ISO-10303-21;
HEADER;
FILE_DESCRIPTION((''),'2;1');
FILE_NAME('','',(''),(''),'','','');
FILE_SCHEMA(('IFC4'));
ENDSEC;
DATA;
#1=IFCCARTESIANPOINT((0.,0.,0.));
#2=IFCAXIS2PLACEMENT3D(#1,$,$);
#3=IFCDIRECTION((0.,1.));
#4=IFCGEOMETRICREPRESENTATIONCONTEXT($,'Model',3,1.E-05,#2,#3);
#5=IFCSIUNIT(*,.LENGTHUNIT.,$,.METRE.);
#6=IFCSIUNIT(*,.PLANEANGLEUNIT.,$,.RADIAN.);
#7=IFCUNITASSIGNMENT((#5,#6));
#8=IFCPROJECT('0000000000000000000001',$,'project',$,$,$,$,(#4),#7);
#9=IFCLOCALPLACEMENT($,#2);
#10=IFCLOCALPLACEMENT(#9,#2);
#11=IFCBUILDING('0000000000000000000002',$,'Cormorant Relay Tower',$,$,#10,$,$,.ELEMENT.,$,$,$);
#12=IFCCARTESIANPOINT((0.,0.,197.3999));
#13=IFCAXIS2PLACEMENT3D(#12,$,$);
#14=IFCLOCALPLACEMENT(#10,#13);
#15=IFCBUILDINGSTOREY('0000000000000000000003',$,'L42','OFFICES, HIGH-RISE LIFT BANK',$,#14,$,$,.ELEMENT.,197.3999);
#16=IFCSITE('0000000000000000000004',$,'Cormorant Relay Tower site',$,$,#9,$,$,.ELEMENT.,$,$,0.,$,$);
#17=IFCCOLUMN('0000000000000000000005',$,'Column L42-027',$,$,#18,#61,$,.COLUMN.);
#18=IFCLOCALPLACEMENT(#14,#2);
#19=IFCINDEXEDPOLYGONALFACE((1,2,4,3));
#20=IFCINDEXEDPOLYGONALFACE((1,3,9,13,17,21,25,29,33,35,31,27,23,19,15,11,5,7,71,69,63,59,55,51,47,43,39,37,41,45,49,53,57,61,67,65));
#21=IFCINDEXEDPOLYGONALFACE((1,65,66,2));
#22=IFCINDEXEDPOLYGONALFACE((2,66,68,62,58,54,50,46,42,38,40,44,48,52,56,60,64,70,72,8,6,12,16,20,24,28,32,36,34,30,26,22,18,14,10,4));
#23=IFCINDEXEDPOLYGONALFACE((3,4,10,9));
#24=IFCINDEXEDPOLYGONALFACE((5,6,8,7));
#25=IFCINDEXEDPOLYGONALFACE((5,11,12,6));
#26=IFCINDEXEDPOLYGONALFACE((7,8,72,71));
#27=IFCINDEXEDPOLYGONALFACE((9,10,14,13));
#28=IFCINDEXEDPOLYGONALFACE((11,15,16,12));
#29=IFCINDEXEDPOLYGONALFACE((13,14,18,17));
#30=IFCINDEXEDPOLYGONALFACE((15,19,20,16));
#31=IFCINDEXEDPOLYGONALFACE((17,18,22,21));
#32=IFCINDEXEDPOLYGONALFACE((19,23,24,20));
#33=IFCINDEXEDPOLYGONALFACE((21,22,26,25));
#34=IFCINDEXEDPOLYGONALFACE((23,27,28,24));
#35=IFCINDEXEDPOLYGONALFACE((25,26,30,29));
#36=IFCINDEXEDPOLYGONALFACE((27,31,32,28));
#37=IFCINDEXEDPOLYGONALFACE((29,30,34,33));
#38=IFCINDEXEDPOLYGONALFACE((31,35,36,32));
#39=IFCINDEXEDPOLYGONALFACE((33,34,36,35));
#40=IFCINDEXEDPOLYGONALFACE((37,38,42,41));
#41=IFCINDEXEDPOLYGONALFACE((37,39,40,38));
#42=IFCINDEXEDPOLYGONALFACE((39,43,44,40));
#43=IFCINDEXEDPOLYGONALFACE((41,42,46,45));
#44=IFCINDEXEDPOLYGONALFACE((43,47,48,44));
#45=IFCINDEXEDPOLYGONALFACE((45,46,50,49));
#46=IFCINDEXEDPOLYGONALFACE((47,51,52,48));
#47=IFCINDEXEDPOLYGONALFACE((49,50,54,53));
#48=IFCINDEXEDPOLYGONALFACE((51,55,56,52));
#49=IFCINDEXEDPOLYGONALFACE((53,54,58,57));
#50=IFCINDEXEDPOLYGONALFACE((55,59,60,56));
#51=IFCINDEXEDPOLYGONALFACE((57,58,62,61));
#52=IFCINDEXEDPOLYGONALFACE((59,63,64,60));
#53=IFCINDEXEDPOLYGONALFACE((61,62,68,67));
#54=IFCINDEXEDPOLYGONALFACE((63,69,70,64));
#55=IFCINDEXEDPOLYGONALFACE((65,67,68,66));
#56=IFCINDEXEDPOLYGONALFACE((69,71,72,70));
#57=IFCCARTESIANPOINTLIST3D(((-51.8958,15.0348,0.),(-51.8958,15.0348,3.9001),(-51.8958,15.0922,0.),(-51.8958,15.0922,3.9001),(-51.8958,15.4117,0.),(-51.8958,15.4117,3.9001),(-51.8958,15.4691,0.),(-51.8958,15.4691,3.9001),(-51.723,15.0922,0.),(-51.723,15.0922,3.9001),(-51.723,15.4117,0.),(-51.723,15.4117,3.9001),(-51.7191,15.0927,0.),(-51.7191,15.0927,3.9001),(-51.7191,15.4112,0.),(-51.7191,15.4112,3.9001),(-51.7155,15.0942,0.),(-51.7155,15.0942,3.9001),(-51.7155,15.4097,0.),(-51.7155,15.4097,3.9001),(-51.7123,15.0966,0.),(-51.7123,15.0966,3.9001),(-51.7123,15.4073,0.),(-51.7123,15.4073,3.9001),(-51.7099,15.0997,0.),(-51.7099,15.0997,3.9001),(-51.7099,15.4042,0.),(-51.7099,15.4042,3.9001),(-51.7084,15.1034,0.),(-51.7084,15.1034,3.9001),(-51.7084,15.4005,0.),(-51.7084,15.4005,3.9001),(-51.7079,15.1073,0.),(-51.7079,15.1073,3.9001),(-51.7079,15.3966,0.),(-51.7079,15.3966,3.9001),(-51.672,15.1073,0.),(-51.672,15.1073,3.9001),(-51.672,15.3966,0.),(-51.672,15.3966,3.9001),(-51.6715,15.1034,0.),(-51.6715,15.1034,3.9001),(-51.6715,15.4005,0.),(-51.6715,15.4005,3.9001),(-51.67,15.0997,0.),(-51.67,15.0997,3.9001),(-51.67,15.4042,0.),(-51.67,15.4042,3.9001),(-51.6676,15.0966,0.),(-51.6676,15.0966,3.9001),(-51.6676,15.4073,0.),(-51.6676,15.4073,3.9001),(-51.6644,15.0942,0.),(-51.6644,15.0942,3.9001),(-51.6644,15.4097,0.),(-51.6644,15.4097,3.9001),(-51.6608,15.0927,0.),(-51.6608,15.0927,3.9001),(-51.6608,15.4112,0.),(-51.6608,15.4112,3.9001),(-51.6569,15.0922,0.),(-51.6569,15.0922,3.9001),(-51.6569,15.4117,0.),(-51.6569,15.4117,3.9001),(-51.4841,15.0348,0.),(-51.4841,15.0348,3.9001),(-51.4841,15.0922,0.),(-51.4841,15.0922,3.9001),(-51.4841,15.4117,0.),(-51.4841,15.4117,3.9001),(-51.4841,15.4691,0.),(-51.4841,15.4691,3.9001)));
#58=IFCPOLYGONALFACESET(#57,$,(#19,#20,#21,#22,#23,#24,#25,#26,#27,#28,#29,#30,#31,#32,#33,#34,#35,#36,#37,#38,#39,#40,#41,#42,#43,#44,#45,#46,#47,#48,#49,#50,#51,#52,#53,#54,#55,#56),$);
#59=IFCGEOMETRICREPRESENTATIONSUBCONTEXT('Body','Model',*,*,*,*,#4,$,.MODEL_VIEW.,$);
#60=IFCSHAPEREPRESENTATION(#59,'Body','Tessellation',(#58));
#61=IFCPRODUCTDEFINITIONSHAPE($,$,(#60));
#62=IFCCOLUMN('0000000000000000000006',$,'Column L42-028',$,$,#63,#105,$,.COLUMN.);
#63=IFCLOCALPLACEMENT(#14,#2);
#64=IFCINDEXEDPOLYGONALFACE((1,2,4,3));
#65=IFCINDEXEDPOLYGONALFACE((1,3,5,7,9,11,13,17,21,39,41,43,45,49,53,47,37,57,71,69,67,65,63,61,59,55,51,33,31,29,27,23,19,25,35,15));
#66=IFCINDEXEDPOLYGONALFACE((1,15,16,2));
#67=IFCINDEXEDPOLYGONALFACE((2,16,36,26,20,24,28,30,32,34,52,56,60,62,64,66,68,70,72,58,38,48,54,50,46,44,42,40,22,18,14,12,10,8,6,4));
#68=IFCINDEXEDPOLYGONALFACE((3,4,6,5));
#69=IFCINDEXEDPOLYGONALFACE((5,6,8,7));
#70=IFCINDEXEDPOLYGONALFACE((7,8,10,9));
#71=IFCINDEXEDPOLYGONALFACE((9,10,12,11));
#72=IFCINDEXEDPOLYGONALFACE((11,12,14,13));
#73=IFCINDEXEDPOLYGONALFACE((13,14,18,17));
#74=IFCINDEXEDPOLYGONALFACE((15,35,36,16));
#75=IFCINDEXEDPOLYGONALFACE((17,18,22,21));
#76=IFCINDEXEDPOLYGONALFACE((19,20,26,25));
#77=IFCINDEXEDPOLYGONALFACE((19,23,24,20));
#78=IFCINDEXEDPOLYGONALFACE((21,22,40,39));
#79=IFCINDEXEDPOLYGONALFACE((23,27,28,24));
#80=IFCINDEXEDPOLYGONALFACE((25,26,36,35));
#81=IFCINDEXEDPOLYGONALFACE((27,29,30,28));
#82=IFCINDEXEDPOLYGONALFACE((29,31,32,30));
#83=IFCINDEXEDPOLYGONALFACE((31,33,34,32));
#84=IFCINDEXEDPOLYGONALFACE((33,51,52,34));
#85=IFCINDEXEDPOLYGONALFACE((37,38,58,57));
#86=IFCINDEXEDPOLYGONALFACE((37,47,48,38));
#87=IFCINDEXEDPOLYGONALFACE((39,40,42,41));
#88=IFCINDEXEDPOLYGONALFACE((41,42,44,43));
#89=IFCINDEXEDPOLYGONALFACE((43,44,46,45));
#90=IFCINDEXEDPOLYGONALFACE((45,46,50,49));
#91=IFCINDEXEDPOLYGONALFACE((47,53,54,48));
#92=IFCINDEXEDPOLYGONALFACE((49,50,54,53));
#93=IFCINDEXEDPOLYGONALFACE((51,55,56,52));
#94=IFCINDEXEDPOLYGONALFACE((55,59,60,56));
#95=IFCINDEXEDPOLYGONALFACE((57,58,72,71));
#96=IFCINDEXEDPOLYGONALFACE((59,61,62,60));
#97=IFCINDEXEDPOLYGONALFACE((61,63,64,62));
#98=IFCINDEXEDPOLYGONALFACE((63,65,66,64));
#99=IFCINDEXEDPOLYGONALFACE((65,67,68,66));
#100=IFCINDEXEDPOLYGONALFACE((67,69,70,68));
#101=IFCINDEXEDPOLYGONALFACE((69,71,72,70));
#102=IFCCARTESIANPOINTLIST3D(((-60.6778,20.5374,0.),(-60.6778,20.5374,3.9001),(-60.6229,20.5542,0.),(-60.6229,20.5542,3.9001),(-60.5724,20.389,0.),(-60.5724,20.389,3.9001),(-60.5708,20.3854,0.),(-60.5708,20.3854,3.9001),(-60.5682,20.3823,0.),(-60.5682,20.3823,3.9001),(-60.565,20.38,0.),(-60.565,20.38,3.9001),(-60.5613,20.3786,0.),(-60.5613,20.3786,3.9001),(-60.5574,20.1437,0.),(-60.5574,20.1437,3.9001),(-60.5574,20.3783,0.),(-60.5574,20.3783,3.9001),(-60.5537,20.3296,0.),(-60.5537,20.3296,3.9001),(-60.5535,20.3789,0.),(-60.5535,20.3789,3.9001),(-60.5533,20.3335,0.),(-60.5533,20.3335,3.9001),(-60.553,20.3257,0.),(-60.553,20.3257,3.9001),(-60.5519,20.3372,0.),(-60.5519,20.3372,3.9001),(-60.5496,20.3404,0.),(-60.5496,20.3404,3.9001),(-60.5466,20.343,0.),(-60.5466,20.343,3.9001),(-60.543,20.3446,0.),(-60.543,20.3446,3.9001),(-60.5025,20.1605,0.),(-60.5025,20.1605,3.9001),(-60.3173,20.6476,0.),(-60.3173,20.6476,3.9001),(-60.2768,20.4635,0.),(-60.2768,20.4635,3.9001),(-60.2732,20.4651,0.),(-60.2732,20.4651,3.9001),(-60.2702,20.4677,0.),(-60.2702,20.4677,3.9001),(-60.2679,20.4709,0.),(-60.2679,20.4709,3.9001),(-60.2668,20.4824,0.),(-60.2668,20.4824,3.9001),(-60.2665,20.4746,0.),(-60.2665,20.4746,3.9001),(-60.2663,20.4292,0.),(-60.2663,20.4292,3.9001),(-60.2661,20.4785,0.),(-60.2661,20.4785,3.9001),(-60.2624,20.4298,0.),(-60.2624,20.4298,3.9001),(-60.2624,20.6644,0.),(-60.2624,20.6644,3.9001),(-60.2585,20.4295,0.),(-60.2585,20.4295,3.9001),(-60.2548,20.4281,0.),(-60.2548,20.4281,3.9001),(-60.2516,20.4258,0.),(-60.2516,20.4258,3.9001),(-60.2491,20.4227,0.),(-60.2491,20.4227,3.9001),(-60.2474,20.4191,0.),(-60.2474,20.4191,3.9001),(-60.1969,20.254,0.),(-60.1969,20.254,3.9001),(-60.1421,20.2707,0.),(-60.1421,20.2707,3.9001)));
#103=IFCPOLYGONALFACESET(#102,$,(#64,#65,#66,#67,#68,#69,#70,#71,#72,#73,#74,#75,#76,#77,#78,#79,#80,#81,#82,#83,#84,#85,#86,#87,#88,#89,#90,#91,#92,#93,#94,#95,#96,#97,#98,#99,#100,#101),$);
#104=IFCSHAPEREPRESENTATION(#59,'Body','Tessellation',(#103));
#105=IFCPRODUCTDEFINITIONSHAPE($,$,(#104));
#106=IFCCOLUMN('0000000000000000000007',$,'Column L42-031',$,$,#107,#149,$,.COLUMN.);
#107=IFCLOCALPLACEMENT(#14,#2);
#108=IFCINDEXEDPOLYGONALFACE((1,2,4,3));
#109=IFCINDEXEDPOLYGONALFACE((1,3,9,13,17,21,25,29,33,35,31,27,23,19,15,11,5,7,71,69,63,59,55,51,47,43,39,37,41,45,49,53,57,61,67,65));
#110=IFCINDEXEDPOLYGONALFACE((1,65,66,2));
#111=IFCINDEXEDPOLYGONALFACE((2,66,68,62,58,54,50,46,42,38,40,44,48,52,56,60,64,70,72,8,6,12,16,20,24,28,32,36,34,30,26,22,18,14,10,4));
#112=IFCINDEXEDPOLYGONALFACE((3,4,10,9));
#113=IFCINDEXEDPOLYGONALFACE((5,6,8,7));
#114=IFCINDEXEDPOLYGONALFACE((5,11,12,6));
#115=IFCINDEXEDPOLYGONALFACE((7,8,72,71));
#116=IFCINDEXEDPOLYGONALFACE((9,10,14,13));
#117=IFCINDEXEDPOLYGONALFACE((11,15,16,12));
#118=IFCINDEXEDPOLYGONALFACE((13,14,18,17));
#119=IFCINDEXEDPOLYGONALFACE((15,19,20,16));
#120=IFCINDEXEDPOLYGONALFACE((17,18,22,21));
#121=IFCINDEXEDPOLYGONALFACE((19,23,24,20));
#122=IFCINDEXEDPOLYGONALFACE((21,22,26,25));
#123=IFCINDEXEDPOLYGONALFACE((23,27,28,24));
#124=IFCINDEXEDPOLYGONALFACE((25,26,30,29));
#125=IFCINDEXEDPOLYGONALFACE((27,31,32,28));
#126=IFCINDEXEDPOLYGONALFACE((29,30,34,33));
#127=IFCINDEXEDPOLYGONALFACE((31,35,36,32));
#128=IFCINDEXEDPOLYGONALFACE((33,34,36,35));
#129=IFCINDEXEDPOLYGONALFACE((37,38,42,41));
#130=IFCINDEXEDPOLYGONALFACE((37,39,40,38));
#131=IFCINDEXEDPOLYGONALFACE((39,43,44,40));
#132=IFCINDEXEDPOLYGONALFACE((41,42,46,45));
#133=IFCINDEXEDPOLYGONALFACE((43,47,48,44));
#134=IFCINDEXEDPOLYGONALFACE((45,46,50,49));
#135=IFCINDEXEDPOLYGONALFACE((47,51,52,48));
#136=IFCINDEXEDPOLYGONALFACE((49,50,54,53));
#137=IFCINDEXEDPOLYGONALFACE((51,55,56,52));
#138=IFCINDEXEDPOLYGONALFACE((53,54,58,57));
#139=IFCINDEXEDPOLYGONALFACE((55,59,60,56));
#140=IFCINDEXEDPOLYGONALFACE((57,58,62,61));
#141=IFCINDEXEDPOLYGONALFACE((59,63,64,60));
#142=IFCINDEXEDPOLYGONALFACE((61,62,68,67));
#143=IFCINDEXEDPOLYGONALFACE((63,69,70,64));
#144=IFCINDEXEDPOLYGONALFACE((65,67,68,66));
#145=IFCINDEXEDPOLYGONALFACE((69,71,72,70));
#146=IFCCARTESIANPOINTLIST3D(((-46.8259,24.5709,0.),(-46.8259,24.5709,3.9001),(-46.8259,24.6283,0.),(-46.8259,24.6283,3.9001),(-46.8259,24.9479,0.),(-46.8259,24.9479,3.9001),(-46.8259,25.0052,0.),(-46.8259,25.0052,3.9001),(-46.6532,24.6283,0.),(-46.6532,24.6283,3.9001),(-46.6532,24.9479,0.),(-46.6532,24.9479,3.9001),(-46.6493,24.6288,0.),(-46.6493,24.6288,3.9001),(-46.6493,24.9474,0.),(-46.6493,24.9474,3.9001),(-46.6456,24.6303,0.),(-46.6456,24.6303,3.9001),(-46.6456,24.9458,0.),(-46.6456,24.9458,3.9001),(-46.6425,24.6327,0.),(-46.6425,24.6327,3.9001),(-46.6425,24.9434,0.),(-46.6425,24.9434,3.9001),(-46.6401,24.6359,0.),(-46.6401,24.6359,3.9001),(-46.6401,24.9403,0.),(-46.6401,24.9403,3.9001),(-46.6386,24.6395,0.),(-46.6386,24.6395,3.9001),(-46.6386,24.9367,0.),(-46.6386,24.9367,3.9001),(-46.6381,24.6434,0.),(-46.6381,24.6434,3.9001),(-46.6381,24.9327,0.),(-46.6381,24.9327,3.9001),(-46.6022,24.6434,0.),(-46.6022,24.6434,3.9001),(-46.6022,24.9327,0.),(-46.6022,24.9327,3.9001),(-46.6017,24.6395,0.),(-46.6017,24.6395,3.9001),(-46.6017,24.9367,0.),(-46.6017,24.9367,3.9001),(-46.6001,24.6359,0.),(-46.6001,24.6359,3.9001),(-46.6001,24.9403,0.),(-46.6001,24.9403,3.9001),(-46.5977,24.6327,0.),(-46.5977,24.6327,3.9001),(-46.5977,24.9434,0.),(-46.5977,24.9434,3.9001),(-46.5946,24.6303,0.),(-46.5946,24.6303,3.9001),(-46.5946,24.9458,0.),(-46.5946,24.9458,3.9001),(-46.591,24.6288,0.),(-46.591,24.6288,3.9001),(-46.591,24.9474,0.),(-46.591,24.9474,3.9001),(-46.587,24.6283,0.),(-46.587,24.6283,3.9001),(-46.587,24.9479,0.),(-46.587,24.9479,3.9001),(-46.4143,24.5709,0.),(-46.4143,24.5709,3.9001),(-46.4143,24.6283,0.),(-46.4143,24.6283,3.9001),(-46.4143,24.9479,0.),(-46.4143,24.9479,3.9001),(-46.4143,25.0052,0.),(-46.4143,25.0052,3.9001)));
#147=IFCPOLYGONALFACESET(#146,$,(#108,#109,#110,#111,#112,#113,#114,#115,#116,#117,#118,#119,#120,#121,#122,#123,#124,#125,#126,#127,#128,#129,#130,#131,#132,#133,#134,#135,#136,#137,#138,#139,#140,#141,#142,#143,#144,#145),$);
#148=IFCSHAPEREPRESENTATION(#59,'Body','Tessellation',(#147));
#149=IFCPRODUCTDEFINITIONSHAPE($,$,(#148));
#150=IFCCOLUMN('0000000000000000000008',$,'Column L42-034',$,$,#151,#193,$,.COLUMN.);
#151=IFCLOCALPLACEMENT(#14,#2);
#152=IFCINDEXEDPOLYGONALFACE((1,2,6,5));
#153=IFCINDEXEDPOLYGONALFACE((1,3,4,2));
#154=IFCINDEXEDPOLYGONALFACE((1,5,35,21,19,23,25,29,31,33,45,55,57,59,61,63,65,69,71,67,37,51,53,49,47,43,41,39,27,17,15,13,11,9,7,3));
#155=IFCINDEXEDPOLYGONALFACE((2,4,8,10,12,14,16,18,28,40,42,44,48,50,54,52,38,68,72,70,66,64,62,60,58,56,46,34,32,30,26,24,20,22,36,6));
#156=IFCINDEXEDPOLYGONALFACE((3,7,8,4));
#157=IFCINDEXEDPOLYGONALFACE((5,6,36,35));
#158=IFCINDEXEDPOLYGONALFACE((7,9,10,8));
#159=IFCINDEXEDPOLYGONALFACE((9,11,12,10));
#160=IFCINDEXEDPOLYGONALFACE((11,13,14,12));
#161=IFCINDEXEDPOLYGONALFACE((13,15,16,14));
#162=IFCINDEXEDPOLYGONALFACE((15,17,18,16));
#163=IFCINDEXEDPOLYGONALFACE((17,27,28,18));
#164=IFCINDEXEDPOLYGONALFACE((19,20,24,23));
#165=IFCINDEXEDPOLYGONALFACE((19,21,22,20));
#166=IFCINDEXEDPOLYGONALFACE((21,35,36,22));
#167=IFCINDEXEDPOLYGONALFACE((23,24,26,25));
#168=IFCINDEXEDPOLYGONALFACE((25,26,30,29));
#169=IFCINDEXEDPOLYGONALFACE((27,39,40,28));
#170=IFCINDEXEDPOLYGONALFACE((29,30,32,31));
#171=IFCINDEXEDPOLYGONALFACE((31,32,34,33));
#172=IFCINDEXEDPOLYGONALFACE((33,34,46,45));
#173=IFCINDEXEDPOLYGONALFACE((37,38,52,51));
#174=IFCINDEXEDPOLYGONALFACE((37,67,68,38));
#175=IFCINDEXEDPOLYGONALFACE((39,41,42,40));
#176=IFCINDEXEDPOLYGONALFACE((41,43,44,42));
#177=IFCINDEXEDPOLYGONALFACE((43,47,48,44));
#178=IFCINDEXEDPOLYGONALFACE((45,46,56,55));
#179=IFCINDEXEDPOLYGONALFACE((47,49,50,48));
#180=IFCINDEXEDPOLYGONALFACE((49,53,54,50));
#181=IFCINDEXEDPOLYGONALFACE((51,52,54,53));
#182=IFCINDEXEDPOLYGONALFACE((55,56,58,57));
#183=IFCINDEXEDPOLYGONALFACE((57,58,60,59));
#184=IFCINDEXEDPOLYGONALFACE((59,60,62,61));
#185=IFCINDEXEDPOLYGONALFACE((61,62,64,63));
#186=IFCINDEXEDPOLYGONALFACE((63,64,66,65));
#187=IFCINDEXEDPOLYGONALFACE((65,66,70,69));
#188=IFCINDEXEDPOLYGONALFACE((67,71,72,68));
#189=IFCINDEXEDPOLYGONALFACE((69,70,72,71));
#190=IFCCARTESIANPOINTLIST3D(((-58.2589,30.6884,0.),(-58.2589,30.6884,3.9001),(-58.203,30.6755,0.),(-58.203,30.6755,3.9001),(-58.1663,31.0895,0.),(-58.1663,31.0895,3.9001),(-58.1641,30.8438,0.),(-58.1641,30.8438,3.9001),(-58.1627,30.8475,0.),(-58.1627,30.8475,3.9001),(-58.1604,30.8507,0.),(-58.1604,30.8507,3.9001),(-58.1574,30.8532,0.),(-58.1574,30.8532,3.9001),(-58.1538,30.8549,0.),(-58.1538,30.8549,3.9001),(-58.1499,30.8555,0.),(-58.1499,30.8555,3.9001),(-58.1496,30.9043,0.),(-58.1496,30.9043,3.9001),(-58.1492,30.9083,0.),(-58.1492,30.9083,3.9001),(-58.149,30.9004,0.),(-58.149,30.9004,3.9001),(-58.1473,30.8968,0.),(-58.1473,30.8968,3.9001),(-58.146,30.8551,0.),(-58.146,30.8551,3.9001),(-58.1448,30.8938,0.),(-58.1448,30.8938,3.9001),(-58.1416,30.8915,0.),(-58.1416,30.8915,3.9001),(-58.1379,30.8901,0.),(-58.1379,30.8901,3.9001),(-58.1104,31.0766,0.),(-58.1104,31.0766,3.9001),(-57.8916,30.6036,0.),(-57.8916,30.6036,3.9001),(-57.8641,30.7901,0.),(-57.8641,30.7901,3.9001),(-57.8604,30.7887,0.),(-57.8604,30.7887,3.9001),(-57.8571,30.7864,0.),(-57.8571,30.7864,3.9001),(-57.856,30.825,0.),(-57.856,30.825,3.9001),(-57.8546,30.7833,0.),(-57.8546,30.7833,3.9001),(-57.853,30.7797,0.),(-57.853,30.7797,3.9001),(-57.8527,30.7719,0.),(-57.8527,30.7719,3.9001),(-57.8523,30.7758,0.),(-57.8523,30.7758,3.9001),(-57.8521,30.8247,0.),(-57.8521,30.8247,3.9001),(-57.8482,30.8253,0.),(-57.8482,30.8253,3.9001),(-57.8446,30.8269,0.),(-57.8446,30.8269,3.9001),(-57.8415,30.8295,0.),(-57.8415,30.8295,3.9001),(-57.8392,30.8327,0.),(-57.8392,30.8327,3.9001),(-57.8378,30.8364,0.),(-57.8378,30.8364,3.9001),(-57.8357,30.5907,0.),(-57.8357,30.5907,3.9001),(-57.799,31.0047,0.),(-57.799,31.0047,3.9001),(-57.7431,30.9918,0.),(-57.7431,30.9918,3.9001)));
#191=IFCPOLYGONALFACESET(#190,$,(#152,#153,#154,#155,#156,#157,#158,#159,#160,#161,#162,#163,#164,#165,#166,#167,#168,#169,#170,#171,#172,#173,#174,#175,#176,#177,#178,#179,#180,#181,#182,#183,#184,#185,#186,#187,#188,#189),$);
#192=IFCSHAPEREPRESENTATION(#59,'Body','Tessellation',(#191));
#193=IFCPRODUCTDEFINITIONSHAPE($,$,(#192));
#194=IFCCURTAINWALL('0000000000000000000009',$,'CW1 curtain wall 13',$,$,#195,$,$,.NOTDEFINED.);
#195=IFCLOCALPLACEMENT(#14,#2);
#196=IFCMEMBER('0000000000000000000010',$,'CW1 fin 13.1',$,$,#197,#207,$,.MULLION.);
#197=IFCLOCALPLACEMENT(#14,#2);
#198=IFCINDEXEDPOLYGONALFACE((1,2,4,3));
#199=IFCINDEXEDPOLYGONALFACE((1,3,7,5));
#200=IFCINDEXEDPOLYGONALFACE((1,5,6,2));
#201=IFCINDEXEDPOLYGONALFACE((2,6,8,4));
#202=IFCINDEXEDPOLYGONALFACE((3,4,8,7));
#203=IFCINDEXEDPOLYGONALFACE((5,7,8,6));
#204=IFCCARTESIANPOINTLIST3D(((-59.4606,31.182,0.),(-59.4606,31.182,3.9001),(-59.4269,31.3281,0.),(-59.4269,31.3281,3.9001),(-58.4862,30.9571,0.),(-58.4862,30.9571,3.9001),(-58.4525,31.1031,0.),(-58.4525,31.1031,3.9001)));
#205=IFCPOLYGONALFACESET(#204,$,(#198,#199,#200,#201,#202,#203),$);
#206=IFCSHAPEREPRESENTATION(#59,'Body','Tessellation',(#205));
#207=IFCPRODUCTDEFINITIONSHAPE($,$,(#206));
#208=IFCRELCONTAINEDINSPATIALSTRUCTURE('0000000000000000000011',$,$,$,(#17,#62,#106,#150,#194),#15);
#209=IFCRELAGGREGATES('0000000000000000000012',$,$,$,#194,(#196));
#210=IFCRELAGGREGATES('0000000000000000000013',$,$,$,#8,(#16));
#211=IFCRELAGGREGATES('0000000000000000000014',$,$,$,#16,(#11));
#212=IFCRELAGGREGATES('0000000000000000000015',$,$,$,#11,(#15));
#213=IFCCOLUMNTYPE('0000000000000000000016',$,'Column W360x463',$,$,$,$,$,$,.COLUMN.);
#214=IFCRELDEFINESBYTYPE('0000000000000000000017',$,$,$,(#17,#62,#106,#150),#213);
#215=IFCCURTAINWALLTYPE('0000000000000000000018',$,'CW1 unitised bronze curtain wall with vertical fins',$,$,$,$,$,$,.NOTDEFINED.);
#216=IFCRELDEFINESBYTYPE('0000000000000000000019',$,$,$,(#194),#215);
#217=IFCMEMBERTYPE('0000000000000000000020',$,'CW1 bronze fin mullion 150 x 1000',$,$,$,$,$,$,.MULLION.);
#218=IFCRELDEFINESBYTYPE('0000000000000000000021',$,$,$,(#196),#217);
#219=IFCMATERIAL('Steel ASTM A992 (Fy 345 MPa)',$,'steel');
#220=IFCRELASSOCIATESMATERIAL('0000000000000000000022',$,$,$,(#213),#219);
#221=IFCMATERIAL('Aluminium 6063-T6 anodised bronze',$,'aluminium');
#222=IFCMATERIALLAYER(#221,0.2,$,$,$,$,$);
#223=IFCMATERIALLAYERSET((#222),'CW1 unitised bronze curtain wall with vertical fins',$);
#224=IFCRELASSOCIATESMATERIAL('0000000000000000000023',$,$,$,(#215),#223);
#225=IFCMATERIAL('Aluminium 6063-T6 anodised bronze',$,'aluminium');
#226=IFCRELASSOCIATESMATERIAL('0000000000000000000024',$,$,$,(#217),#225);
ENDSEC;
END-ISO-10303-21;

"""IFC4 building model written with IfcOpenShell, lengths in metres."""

from ifc_helpers import new_model, si_unit, direction, frame, origin, origin_2d, place, context, subcontext, project, spatial, rectangle, i_section, extrude, material, layer, layer_set, material_profile, profile_set, type_object, element, aggregate, save


model = new_model("IFC4")

# Units and contexts
model_context = context("Model", 3, precision=1e-05, world=origin(), true_north=direction((0.0, 1.0)))
body_context = subcontext(model_context, "Body", "Model", "MODEL_VIEW")
ifc_project = project(units=[si_unit("LENGTHUNIT", "METRE"), si_unit("PLANEANGLEUNIT", "RADIAN")], contexts=[model_context])

# Site, building, storey
site_placement = place(None, origin())
site = spatial("IfcSite", under=ifc_project, at=site_placement, Name="Cormorant Relay Tower site", CompositionType="ELEMENT", RefElevation=0.0)
building_placement = place(site_placement, origin())
building = spatial("IfcBuilding", under=site, at=building_placement, Name="Cormorant Relay Tower", CompositionType="ELEMENT")
storey_placement = place(building_placement, frame((0.0, 0.0, 197.3999)))
storey = spatial("IfcBuildingStorey", under=building, at=storey_placement, Name="L42", Description="OFFICES, HIGH-RISE LIFT BANK", CompositionType="ELEMENT", Elevation=197.3999)

# Columns
ifc_material_1 = material(Name="Steel ASTM A992 (Fy 345 MPa)", Category="steel")
ifc_material_profile_1 = material_profile(ifc_material_1, i_section(OverallWidth=0.4116, OverallDepth=0.4343, WebThickness=0.0359, FlangeThickness=0.0574, FilletRadius=0.0151, at=origin_2d()), Name="W360x463")
ifc_profile_set_1 = profile_set([ifc_material_profile_1], Name="Steel ASTM A992 (Fy 345 MPa)")
column_type = type_object("IfcColumnType", Name="Column W360x463", PredefinedType="COLUMN", material=ifc_profile_set_1)
for number, where, z_axis, x_axis, name in (
    (1, (-51.6899, 15.252, 0.0), (0.0, 0.0, 1.0), (1.0, 0.0, 0.0), "Column L42-027"),
    (2, (-60.4099, 20.4041, 0.0), (0.0, 0.0, 1.0), (0.292372, -0.956305, 0.0), "Column L42-028"),
    (3, (-46.6201, 24.7881, 0.0), (0.0, 0.0, 1.0), (1.0, 0.0, 0.0), "Column L42-031"),
    (4, (-58.001, 30.8401, 0.0), (0.0, 0.0, 1.0), (-0.224951, -0.97437, 0.0), "Column L42-034"),
):
    element("IfcColumn", number, at=place(storey_placement, frame(where, z_axis=z_axis, x_axis=x_axis)), inside=storey, type_object=column_type, Name=name, PredefinedType="COLUMN", context=body_context, shape_type="SweptSolid", body=[
        extrude(i_section(OverallWidth=0.4116, OverallDepth=0.4343, WebThickness=0.0359, FlangeThickness=0.0574, FilletRadius=0.0151, at=origin_2d()), origin(), (0.0, 0.0, 1.0), 3.9001),
    ])

# Curtain wall, member
ifc_material_2 = material(Name="Aluminium 6063-T6 anodised bronze", Category="aluminium")
ifc_layer_1 = layer(ifc_material_2, 0.2)
ifc_layer_set_1 = layer_set([ifc_layer_1], Name="CW1 unitised bronze curtain wall with vertical fins")
curtain_wall_type = type_object("IfcCurtainWallType", Name="CW1 unitised bronze curtain wall with vertical fins", PredefinedType="NOTDEFINED", material=ifc_layer_set_1)
curtain_wall_1_placement = place(storey_placement, origin())
curtain_wall_1 = element("IfcCurtainWall", 5, at=curtain_wall_1_placement, inside=storey, type_object=curtain_wall_type, Name="CW1 curtain wall 13", PredefinedType="NOTDEFINED")
ifc_material_3 = material(Name="Aluminium 6063-T6 anodised bronze", Category="aluminium")
ifc_material_profile_2 = material_profile(ifc_material_3, rectangle(XDim=0.1499, YDim=1.0, at=origin_2d()), Name="AL 150x1000")
ifc_profile_set_2 = profile_set([ifc_material_profile_2], Name="Aluminium 6063-T6 anodised bronze")
member_type_1 = type_object("IfcMemberType", Name="CW1 bronze fin mullion 150 x 1000", PredefinedType="MULLION", material=ifc_profile_set_2)
member_1_placement = place(storey_placement, frame((-58.9565, 31.1426, 0.0), z_axis=(0.0, 0.0, 1.0), x_axis=(-0.224951, -0.97437, 0.0)))
member_1 = element("IfcMember", 6, at=member_1_placement, type_object=member_type_1, Name="CW1 fin 13.1", PredefinedType="MULLION", context=body_context, shape_type="SweptSolid", body=[
    extrude(rectangle(XDim=0.1499, YDim=1.0, at=origin_2d()), origin(), (0.0, 0.0, 1.0), 3.9001),
])

aggregate(curtain_wall_1, [member_1])

save(model, "model.ifc")
